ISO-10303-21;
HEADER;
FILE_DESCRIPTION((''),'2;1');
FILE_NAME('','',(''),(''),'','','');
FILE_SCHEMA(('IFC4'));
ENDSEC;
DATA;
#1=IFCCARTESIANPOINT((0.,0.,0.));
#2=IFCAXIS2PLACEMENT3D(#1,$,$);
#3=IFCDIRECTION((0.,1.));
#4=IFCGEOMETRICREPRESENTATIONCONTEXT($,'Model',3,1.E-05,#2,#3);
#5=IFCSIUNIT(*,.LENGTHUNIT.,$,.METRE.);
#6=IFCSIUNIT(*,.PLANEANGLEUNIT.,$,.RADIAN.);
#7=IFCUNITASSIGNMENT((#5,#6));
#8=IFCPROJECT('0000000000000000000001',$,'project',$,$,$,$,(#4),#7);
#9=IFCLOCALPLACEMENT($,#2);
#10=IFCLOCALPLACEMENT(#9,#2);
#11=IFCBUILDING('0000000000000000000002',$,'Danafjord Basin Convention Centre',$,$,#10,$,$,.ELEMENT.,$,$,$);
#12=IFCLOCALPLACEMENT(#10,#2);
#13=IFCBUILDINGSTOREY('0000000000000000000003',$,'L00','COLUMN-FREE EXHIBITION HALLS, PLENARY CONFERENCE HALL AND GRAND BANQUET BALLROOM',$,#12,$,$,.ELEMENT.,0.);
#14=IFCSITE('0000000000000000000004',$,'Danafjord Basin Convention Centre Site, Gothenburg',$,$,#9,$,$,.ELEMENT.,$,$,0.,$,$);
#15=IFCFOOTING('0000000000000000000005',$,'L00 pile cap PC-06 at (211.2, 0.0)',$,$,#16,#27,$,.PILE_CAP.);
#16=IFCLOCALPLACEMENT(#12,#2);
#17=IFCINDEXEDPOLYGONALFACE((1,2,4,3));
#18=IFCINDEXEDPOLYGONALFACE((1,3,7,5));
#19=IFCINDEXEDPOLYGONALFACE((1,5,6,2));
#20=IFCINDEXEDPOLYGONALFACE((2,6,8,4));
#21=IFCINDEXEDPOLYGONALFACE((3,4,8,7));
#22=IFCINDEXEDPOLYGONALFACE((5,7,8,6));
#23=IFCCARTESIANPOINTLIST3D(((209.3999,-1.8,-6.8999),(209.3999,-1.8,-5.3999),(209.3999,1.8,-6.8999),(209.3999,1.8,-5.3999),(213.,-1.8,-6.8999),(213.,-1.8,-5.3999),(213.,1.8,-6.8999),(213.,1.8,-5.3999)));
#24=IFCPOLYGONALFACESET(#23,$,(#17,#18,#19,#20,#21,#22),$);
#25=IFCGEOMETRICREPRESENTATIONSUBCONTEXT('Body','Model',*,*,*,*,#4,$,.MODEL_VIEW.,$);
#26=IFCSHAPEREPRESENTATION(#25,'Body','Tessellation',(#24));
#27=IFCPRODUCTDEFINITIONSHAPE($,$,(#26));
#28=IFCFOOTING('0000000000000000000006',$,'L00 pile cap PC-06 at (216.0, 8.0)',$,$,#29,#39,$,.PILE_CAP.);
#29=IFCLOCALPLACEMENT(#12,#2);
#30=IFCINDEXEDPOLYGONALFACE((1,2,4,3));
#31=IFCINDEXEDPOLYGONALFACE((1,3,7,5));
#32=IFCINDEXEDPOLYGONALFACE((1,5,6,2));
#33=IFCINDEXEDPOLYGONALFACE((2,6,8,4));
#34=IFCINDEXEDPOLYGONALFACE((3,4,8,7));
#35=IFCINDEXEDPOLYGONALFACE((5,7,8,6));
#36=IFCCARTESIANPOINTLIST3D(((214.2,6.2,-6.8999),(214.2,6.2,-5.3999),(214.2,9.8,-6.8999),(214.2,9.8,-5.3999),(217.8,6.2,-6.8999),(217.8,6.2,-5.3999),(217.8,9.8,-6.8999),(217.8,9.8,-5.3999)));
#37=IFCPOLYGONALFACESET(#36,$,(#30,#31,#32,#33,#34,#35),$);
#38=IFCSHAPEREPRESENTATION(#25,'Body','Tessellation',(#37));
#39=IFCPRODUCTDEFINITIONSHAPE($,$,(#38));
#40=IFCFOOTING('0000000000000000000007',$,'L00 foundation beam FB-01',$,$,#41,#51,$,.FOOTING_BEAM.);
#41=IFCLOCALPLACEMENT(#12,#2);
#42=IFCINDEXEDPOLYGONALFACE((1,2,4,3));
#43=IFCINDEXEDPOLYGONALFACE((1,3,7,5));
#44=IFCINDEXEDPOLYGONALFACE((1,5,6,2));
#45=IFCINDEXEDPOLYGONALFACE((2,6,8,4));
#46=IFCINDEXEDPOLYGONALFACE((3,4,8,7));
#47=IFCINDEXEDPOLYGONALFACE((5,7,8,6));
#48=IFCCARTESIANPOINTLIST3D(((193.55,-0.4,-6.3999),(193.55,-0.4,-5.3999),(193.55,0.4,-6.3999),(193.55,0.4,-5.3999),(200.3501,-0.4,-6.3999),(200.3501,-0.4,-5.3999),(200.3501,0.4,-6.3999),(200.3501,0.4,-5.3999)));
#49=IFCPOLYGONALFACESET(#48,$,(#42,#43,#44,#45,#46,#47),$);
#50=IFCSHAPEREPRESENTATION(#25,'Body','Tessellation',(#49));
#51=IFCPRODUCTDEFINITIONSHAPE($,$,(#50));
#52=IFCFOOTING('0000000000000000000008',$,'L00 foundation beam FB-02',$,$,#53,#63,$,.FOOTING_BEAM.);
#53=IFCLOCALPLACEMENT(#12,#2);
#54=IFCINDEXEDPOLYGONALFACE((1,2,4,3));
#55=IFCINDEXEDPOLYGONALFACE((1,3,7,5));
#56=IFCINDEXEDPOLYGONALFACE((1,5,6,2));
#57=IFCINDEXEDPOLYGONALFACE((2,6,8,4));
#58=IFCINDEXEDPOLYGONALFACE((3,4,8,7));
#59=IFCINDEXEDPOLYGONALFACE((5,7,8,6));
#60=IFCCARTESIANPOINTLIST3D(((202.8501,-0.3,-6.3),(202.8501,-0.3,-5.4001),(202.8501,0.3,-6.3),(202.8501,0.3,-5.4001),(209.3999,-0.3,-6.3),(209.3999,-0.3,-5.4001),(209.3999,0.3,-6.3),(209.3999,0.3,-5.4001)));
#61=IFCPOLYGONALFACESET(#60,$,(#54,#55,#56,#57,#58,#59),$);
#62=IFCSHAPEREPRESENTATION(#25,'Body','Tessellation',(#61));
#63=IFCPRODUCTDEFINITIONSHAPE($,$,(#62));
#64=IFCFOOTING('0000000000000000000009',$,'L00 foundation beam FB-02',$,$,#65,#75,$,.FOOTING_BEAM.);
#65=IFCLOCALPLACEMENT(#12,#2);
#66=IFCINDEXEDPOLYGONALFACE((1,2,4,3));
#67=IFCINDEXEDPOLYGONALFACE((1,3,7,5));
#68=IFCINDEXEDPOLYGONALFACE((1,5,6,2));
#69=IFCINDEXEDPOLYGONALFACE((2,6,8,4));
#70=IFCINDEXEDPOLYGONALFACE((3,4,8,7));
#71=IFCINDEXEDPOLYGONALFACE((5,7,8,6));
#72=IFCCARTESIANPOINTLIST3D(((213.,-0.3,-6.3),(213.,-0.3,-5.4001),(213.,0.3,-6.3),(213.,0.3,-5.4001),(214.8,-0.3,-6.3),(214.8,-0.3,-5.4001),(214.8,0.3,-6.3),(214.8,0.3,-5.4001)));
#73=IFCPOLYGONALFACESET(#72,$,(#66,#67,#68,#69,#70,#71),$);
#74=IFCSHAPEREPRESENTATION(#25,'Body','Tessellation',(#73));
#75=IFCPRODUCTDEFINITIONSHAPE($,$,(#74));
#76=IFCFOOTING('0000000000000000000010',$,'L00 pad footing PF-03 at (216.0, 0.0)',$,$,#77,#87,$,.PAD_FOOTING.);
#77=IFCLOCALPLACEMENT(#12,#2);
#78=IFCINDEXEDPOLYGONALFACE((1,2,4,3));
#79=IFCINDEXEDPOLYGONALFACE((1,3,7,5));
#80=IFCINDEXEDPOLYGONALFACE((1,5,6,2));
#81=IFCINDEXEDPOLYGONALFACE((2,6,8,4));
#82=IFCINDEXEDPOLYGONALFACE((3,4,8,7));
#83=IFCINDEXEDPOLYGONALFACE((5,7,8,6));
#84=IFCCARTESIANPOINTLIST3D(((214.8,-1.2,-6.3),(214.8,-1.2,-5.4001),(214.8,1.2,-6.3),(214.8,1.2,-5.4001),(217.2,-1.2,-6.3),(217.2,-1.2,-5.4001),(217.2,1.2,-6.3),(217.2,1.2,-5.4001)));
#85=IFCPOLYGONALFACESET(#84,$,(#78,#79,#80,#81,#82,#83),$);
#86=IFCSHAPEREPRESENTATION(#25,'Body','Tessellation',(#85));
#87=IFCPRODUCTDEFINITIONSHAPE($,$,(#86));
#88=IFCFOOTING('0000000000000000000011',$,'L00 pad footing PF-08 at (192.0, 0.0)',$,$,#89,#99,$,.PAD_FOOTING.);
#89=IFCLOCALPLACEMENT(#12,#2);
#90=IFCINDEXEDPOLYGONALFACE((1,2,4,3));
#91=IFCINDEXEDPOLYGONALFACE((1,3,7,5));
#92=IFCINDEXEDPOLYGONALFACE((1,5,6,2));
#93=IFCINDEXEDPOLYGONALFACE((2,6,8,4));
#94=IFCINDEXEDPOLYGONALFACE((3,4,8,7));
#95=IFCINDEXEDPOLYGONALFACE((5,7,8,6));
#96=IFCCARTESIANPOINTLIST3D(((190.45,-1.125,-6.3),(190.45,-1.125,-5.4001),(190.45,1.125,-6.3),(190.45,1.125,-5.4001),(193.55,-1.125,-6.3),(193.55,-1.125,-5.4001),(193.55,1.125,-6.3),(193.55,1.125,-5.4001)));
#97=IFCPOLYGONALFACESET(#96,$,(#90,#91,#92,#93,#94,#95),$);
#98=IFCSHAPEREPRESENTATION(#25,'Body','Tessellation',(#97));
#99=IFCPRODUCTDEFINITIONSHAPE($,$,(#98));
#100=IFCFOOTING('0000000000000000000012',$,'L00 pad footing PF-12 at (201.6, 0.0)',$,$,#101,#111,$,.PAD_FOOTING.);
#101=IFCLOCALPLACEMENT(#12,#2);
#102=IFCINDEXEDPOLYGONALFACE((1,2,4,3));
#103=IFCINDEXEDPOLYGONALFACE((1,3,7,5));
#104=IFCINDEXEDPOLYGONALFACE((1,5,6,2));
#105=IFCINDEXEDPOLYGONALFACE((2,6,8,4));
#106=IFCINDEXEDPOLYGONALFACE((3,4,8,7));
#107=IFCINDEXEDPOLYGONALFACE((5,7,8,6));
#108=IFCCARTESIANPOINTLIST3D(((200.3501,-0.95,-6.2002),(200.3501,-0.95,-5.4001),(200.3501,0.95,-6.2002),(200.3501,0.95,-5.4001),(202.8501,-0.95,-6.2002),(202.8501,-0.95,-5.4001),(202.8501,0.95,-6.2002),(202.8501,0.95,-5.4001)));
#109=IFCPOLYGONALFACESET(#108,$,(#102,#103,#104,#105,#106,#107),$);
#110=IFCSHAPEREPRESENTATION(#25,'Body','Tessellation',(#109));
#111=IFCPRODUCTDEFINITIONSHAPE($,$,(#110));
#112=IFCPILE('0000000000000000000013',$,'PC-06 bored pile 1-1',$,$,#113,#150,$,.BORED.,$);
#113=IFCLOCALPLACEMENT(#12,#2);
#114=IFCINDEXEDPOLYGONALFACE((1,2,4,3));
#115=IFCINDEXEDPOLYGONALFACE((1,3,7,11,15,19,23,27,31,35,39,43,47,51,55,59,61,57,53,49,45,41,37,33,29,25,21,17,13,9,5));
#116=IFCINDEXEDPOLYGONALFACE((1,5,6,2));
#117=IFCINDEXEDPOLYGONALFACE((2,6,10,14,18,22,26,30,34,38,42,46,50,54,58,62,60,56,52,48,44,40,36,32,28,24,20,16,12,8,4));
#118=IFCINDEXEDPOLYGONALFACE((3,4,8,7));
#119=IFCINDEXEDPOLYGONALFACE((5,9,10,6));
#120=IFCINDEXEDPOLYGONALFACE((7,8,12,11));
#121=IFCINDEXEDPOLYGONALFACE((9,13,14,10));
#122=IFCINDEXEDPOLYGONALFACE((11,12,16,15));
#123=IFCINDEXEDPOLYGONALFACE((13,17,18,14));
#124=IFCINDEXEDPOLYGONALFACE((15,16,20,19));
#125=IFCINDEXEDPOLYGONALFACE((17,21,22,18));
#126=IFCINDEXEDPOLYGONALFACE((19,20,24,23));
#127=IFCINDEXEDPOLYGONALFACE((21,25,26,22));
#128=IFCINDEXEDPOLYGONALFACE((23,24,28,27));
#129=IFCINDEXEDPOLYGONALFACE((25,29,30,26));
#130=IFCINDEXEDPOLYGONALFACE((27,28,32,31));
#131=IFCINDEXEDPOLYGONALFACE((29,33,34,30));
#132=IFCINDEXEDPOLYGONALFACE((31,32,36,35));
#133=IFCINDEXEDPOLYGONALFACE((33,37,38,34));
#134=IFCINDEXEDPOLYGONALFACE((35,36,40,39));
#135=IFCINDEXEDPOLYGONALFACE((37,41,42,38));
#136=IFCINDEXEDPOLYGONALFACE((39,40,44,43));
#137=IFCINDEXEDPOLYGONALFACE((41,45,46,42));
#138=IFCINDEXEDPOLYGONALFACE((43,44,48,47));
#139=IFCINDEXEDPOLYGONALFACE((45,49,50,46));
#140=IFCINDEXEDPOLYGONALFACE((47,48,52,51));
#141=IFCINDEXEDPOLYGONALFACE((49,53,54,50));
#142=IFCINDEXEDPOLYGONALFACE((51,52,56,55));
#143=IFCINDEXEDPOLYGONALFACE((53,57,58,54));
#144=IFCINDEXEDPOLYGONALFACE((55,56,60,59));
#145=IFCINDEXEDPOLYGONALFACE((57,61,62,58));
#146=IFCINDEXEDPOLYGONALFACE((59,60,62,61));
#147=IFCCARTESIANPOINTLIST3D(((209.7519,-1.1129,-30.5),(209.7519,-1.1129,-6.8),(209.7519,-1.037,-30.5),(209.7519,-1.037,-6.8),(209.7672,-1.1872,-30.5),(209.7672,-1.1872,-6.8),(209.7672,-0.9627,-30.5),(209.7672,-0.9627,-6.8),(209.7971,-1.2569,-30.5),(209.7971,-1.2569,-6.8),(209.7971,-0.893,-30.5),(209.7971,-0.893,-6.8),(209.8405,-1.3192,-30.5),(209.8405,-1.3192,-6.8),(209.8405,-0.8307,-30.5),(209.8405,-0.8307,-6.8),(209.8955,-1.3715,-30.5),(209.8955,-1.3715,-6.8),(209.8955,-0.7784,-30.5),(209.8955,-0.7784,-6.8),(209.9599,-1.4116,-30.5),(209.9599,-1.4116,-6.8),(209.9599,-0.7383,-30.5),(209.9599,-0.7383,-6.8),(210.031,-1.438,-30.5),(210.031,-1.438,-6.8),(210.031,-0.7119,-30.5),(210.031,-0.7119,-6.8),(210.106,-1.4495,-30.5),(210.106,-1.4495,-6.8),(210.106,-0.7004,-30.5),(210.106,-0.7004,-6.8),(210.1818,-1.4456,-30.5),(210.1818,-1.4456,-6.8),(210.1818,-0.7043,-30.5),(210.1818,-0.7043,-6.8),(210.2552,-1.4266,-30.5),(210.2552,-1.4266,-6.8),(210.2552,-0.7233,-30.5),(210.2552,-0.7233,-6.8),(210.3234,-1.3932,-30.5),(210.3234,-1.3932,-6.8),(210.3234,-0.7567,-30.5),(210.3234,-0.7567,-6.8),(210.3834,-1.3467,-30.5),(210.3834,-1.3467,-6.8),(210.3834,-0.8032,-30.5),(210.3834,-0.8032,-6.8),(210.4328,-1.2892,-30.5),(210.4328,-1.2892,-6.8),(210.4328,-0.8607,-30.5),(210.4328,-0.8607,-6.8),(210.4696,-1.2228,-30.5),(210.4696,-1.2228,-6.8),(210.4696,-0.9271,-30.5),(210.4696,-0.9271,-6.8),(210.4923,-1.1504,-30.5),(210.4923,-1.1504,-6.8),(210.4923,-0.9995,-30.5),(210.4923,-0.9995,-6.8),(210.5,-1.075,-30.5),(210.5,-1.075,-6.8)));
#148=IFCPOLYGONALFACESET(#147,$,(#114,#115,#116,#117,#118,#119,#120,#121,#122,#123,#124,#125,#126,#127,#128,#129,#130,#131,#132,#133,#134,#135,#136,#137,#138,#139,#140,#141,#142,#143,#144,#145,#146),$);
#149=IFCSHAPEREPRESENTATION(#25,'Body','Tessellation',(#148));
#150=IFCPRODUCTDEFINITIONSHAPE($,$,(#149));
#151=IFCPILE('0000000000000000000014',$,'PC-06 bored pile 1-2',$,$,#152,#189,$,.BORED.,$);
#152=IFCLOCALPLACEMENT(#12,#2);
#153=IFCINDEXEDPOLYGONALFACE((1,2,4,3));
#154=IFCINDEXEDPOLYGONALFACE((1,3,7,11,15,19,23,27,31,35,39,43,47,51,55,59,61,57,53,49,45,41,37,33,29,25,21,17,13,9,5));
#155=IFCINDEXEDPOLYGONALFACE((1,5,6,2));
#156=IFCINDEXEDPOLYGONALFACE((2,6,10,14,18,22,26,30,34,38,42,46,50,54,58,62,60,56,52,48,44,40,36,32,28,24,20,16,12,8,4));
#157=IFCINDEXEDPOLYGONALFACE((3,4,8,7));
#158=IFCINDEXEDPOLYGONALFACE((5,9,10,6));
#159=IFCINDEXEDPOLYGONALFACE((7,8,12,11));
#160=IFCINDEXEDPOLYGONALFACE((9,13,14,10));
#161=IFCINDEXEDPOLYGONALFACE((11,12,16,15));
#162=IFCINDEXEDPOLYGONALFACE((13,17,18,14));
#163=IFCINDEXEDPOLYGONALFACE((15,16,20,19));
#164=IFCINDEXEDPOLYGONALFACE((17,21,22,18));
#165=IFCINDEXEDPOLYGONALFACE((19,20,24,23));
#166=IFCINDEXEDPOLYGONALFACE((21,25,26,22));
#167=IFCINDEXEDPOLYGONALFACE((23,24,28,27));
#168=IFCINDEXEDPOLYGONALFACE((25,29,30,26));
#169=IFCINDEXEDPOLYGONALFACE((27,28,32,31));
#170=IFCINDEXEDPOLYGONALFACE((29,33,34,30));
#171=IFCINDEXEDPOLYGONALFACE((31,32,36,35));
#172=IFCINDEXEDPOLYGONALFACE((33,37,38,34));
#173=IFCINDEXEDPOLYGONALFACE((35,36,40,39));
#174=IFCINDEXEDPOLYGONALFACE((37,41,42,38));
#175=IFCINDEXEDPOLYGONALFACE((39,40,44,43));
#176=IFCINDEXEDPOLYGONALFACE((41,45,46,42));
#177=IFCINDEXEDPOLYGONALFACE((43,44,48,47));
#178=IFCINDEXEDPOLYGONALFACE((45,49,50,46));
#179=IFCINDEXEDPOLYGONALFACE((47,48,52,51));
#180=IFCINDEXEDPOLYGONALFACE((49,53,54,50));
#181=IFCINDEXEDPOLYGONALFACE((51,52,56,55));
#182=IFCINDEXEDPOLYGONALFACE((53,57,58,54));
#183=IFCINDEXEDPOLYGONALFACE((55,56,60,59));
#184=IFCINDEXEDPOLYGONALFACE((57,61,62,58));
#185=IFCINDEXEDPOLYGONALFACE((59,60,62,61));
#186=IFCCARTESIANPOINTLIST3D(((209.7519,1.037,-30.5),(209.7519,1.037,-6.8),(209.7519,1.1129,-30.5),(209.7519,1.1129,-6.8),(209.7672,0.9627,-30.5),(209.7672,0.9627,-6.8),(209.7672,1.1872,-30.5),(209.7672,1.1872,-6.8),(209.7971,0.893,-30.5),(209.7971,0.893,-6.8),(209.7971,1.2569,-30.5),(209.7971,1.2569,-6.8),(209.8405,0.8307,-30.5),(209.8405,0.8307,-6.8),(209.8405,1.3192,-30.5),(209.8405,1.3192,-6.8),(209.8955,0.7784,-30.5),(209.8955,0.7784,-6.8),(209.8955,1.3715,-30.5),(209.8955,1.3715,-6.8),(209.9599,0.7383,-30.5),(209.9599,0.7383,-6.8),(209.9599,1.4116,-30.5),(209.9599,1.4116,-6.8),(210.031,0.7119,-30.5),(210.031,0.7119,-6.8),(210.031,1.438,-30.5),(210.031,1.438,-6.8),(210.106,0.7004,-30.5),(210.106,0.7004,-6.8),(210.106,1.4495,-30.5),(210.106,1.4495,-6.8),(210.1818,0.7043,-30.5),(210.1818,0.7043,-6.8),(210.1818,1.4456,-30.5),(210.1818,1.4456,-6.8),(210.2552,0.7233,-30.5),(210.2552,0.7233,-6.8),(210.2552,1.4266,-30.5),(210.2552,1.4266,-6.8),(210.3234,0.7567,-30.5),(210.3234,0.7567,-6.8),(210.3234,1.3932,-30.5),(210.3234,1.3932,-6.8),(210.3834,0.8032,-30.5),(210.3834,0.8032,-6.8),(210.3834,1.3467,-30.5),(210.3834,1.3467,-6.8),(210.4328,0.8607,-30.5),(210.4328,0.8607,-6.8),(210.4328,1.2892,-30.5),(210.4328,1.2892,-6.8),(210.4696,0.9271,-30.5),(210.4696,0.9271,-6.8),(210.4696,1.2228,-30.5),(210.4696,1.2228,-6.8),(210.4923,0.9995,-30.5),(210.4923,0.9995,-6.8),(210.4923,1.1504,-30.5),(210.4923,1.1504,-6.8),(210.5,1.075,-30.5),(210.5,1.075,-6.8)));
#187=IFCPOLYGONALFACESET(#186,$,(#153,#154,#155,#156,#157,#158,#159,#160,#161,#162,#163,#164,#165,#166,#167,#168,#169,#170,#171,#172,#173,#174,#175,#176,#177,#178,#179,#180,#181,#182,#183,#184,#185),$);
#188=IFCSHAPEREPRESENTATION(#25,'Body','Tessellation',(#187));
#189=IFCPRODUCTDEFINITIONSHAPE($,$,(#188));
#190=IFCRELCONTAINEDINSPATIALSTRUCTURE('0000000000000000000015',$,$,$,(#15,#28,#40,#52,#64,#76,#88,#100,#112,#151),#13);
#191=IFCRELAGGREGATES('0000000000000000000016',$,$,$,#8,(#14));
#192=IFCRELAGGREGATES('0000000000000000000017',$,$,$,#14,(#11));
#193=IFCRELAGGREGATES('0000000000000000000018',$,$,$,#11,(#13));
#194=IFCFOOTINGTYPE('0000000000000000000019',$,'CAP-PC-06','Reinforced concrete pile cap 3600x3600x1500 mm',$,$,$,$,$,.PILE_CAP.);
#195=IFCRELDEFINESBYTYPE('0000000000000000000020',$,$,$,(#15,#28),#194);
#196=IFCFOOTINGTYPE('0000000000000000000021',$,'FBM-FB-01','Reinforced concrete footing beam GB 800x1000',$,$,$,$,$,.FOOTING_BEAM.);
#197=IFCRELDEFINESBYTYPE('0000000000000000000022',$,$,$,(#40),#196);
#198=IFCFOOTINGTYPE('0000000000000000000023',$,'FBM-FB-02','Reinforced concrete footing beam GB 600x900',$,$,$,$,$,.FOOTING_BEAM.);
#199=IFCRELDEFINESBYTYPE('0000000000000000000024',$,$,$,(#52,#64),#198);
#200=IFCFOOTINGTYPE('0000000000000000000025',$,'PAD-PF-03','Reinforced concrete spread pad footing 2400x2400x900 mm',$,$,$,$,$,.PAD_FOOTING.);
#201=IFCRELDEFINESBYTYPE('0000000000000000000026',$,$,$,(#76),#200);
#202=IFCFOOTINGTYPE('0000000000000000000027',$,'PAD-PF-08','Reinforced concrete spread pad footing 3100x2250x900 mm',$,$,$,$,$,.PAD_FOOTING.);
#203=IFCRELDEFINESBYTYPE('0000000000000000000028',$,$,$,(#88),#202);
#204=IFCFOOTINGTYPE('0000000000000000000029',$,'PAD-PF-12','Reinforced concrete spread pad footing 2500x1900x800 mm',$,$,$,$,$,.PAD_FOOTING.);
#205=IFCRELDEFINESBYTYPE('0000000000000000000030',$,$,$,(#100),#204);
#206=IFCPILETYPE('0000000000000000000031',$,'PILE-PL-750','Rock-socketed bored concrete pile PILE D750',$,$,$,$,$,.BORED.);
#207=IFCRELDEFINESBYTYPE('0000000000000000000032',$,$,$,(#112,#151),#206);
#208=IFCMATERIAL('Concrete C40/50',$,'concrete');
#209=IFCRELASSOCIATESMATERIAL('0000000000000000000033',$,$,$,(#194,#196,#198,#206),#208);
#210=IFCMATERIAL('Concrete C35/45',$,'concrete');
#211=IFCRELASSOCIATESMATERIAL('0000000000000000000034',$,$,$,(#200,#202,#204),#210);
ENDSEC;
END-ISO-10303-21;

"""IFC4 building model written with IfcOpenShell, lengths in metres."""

from ifc_helpers import new_model, si_unit, direction, frame, origin, origin_2d, place, context, subcontext, project, spatial, rectangle, circle, extrude, material, material_profile, profile_set, type_object, element, save


model = new_model("IFC4")

# Units and contexts
model_context = context("Model", 3, precision=1e-05, world=origin(), true_north=direction((0.0, 1.0)))
body_context = subcontext(model_context, "Body", "Model", "MODEL_VIEW")
ifc_project = project(units=[si_unit("LENGTHUNIT", "METRE"), si_unit("PLANEANGLEUNIT", "RADIAN")], contexts=[model_context])

# Site, building, storey
site_placement = place(None, origin())
site = spatial("IfcSite", under=ifc_project, at=site_placement, Name="Danafjord Basin Convention Centre Site, Gothenburg", CompositionType="ELEMENT", RefElevation=0.0)
building_placement = place(site_placement, origin())
building = spatial("IfcBuilding", under=site, at=building_placement, Name="Danafjord Basin Convention Centre", CompositionType="ELEMENT")
storey_placement = place(building_placement, origin())
storey = spatial("IfcBuildingStorey", under=building, at=storey_placement, Name="L00", Description="COLUMN-FREE EXHIBITION HALLS, PLENARY CONFERENCE HALL AND GRAND BANQUET BALLROOM", CompositionType="ELEMENT", Elevation=0.0)

# Footings
ifc_material_1 = material(Name="Concrete C40/50", Category="concrete")
footing_type_1 = type_object("IfcFootingType", Name="CAP-PC-06", Description="Reinforced concrete pile cap 3600x3600x1500 mm", PredefinedType="PILE_CAP", material=ifc_material_1)
for number, where, z_axis, x_axis, name in (
    (1, (211.2, 0.0, -6.8999), (0.0, 0.0, 1.0), (1.0, 0.0, 0.0), "L00 pile cap PC-06 at (211.2, 0.0)"),
    (2, (216.0, 8.0, -6.8999), (0.0, 0.0, 1.0), (1.0, 0.0, 0.0), "L00 pile cap PC-06 at (216.0, 8.0)"),
):
    element("IfcFooting", number, at=place(storey_placement, frame(where, z_axis=z_axis, x_axis=x_axis)), inside=storey, type_object=footing_type_1, Name=name, PredefinedType="PILE_CAP", context=body_context, shape_type="SweptSolid", body=[
        extrude(rectangle(XDim=3.6001, YDim=3.6001, at=origin_2d()), origin(), (0.0, 0.0, 1.0), 1.5),
    ])
ifc_material_profile_1 = material_profile(ifc_material_1, rectangle(XDim=0.8, YDim=1.0, at=origin_2d()), Name="GB 800x1000")
ifc_profile_set_1 = profile_set([ifc_material_profile_1], Name="Concrete C40/50")
footing_type_2 = type_object("IfcFootingType", Name="FBM-FB-01", Description="Reinforced concrete footing beam GB 800x1000", PredefinedType="FOOTING_BEAM", material=ifc_profile_set_1)
footing_1_placement = place(storey_placement, frame((193.55, 0.0, -5.8999), z_axis=(1.0, 0.0, 0.0), x_axis=(0.0, 1.0, 0.0)))
element("IfcFooting", 3, at=footing_1_placement, inside=storey, type_object=footing_type_2, Name="L00 foundation beam FB-01", PredefinedType="FOOTING_BEAM", context=body_context, shape_type="SweptSolid", body=[
    extrude(rectangle(XDim=0.8, YDim=1.0, at=origin_2d()), origin(), (0.0, 0.0, 1.0), 6.8),
])
ifc_material_profile_2 = material_profile(ifc_material_1, rectangle(XDim=0.6001, YDim=0.8999, at=origin_2d()), Name="GB 600x900")
ifc_profile_set_2 = profile_set([ifc_material_profile_2], Name="Concrete C40/50")
footing_type_3 = type_object("IfcFootingType", Name="FBM-FB-02", Description="Reinforced concrete footing beam GB 600x900", PredefinedType="FOOTING_BEAM", material=ifc_profile_set_2)
footing_2_placement = place(storey_placement, frame((202.8501, 0.0, -5.8501), z_axis=(1.0, 0.0, 0.0), x_axis=(0.0, 1.0, 0.0)))
element("IfcFooting", 4, at=footing_2_placement, inside=storey, type_object=footing_type_3, Name="L00 foundation beam FB-02", PredefinedType="FOOTING_BEAM", context=body_context, shape_type="SweptSolid", body=[
    extrude(rectangle(XDim=0.6001, YDim=0.8999, at=origin_2d()), origin(), (0.0, 0.0, 1.0), 6.5498),
])
footing_3_placement = place(storey_placement, frame((213.0, 0.0, -5.8501), z_axis=(1.0, 0.0, 0.0), x_axis=(0.0, 1.0, 0.0)))
element("IfcFooting", 5, at=footing_3_placement, inside=storey, type_object=footing_type_3, Name="L00 foundation beam FB-02", PredefinedType="FOOTING_BEAM", context=body_context, shape_type="SweptSolid", body=[
    extrude(rectangle(XDim=0.6001, YDim=0.8999, at=origin_2d()), origin(), (0.0, 0.0, 1.0), 1.8),
])
ifc_material_2 = material(Name="Concrete C35/45", Category="concrete")
footing_type_4 = type_object("IfcFootingType", Name="PAD-PF-03", Description="Reinforced concrete spread pad footing 2400x2400x900 mm", PredefinedType="PAD_FOOTING", material=ifc_material_2)
footing_4_placement = place(storey_placement, frame((216.0, 0.0, -6.3), z_axis=(0.0, 0.0, 1.0), x_axis=(1.0, 0.0, 0.0)))
element("IfcFooting", 6, at=footing_4_placement, inside=storey, type_object=footing_type_4, Name="L00 pad footing PF-03 at (216.0, 0.0)", PredefinedType="PAD_FOOTING", context=body_context, shape_type="SweptSolid", body=[
    extrude(rectangle(XDim=2.3999, YDim=2.3999, at=origin_2d()), origin(), (0.0, 0.0, 1.0), 0.8999),
])
footing_type_5 = type_object("IfcFootingType", Name="PAD-PF-08", Description="Reinforced concrete spread pad footing 3100x2250x900 mm", PredefinedType="PAD_FOOTING", material=ifc_material_2)
footing_5_placement = place(storey_placement, frame((192.0, 0.0, -6.3), z_axis=(0.0, 0.0, 1.0), x_axis=(1.0, 0.0, 0.0)))
element("IfcFooting", 7, at=footing_5_placement, inside=storey, type_object=footing_type_5, Name="L00 pad footing PF-08 at (192.0, 0.0)", PredefinedType="PAD_FOOTING", context=body_context, shape_type="SweptSolid", body=[
    extrude(rectangle(XDim=3.1001, YDim=2.25, at=origin_2d()), origin(), (0.0, 0.0, 1.0), 0.8999),
])
footing_type_6 = type_object("IfcFootingType", Name="PAD-PF-12", Description="Reinforced concrete spread pad footing 2500x1900x800 mm", PredefinedType="PAD_FOOTING", material=ifc_material_2)
footing_6_placement = place(storey_placement, frame((201.6001, 0.0, -6.2002), z_axis=(0.0, 0.0, 1.0), x_axis=(1.0, 0.0, 0.0)))
element("IfcFooting", 8, at=footing_6_placement, inside=storey, type_object=footing_type_6, Name="L00 pad footing PF-12 at (201.6, 0.0)", PredefinedType="PAD_FOOTING", context=body_context, shape_type="SweptSolid", body=[
    extrude(rectangle(XDim=2.5, YDim=1.8999, at=origin_2d()), origin(), (0.0, 0.0, 1.0), 0.8),
])

# Piles
ifc_material_profile_3 = material_profile(ifc_material_1, circle(Radius=0.375, at=origin_2d()), Name="PILE D750")
ifc_profile_set_3 = profile_set([ifc_material_profile_3], Name="Concrete C40/50")
pile_type = type_object("IfcPileType", Name="PILE-PL-750", Description="Rock-socketed bored concrete pile PILE D750", PredefinedType="BORED", material=ifc_profile_set_3)
for number, where, z_axis, x_axis, name in (
    (9, (210.125, -1.075, -6.8), (0.0, 0.0, -1.0), (1.0, 0.0, 0.0), "PC-06 bored pile 1-1"),
    (10, (210.125, 1.075, -6.8), (0.0, 0.0, -1.0), (1.0, 0.0, 0.0), "PC-06 bored pile 1-2"),
):
    element("IfcPile", number, at=place(storey_placement, frame(where, z_axis=z_axis, x_axis=x_axis)), inside=storey, type_object=pile_type, Name=name, PredefinedType="BORED", context=body_context, shape_type="SweptSolid", body=[
        extrude(circle(Radius=0.375, at=origin_2d()), origin(), (0.0, 0.0, 1.0), 23.7),
    ])

save(model, "model.ifc")
